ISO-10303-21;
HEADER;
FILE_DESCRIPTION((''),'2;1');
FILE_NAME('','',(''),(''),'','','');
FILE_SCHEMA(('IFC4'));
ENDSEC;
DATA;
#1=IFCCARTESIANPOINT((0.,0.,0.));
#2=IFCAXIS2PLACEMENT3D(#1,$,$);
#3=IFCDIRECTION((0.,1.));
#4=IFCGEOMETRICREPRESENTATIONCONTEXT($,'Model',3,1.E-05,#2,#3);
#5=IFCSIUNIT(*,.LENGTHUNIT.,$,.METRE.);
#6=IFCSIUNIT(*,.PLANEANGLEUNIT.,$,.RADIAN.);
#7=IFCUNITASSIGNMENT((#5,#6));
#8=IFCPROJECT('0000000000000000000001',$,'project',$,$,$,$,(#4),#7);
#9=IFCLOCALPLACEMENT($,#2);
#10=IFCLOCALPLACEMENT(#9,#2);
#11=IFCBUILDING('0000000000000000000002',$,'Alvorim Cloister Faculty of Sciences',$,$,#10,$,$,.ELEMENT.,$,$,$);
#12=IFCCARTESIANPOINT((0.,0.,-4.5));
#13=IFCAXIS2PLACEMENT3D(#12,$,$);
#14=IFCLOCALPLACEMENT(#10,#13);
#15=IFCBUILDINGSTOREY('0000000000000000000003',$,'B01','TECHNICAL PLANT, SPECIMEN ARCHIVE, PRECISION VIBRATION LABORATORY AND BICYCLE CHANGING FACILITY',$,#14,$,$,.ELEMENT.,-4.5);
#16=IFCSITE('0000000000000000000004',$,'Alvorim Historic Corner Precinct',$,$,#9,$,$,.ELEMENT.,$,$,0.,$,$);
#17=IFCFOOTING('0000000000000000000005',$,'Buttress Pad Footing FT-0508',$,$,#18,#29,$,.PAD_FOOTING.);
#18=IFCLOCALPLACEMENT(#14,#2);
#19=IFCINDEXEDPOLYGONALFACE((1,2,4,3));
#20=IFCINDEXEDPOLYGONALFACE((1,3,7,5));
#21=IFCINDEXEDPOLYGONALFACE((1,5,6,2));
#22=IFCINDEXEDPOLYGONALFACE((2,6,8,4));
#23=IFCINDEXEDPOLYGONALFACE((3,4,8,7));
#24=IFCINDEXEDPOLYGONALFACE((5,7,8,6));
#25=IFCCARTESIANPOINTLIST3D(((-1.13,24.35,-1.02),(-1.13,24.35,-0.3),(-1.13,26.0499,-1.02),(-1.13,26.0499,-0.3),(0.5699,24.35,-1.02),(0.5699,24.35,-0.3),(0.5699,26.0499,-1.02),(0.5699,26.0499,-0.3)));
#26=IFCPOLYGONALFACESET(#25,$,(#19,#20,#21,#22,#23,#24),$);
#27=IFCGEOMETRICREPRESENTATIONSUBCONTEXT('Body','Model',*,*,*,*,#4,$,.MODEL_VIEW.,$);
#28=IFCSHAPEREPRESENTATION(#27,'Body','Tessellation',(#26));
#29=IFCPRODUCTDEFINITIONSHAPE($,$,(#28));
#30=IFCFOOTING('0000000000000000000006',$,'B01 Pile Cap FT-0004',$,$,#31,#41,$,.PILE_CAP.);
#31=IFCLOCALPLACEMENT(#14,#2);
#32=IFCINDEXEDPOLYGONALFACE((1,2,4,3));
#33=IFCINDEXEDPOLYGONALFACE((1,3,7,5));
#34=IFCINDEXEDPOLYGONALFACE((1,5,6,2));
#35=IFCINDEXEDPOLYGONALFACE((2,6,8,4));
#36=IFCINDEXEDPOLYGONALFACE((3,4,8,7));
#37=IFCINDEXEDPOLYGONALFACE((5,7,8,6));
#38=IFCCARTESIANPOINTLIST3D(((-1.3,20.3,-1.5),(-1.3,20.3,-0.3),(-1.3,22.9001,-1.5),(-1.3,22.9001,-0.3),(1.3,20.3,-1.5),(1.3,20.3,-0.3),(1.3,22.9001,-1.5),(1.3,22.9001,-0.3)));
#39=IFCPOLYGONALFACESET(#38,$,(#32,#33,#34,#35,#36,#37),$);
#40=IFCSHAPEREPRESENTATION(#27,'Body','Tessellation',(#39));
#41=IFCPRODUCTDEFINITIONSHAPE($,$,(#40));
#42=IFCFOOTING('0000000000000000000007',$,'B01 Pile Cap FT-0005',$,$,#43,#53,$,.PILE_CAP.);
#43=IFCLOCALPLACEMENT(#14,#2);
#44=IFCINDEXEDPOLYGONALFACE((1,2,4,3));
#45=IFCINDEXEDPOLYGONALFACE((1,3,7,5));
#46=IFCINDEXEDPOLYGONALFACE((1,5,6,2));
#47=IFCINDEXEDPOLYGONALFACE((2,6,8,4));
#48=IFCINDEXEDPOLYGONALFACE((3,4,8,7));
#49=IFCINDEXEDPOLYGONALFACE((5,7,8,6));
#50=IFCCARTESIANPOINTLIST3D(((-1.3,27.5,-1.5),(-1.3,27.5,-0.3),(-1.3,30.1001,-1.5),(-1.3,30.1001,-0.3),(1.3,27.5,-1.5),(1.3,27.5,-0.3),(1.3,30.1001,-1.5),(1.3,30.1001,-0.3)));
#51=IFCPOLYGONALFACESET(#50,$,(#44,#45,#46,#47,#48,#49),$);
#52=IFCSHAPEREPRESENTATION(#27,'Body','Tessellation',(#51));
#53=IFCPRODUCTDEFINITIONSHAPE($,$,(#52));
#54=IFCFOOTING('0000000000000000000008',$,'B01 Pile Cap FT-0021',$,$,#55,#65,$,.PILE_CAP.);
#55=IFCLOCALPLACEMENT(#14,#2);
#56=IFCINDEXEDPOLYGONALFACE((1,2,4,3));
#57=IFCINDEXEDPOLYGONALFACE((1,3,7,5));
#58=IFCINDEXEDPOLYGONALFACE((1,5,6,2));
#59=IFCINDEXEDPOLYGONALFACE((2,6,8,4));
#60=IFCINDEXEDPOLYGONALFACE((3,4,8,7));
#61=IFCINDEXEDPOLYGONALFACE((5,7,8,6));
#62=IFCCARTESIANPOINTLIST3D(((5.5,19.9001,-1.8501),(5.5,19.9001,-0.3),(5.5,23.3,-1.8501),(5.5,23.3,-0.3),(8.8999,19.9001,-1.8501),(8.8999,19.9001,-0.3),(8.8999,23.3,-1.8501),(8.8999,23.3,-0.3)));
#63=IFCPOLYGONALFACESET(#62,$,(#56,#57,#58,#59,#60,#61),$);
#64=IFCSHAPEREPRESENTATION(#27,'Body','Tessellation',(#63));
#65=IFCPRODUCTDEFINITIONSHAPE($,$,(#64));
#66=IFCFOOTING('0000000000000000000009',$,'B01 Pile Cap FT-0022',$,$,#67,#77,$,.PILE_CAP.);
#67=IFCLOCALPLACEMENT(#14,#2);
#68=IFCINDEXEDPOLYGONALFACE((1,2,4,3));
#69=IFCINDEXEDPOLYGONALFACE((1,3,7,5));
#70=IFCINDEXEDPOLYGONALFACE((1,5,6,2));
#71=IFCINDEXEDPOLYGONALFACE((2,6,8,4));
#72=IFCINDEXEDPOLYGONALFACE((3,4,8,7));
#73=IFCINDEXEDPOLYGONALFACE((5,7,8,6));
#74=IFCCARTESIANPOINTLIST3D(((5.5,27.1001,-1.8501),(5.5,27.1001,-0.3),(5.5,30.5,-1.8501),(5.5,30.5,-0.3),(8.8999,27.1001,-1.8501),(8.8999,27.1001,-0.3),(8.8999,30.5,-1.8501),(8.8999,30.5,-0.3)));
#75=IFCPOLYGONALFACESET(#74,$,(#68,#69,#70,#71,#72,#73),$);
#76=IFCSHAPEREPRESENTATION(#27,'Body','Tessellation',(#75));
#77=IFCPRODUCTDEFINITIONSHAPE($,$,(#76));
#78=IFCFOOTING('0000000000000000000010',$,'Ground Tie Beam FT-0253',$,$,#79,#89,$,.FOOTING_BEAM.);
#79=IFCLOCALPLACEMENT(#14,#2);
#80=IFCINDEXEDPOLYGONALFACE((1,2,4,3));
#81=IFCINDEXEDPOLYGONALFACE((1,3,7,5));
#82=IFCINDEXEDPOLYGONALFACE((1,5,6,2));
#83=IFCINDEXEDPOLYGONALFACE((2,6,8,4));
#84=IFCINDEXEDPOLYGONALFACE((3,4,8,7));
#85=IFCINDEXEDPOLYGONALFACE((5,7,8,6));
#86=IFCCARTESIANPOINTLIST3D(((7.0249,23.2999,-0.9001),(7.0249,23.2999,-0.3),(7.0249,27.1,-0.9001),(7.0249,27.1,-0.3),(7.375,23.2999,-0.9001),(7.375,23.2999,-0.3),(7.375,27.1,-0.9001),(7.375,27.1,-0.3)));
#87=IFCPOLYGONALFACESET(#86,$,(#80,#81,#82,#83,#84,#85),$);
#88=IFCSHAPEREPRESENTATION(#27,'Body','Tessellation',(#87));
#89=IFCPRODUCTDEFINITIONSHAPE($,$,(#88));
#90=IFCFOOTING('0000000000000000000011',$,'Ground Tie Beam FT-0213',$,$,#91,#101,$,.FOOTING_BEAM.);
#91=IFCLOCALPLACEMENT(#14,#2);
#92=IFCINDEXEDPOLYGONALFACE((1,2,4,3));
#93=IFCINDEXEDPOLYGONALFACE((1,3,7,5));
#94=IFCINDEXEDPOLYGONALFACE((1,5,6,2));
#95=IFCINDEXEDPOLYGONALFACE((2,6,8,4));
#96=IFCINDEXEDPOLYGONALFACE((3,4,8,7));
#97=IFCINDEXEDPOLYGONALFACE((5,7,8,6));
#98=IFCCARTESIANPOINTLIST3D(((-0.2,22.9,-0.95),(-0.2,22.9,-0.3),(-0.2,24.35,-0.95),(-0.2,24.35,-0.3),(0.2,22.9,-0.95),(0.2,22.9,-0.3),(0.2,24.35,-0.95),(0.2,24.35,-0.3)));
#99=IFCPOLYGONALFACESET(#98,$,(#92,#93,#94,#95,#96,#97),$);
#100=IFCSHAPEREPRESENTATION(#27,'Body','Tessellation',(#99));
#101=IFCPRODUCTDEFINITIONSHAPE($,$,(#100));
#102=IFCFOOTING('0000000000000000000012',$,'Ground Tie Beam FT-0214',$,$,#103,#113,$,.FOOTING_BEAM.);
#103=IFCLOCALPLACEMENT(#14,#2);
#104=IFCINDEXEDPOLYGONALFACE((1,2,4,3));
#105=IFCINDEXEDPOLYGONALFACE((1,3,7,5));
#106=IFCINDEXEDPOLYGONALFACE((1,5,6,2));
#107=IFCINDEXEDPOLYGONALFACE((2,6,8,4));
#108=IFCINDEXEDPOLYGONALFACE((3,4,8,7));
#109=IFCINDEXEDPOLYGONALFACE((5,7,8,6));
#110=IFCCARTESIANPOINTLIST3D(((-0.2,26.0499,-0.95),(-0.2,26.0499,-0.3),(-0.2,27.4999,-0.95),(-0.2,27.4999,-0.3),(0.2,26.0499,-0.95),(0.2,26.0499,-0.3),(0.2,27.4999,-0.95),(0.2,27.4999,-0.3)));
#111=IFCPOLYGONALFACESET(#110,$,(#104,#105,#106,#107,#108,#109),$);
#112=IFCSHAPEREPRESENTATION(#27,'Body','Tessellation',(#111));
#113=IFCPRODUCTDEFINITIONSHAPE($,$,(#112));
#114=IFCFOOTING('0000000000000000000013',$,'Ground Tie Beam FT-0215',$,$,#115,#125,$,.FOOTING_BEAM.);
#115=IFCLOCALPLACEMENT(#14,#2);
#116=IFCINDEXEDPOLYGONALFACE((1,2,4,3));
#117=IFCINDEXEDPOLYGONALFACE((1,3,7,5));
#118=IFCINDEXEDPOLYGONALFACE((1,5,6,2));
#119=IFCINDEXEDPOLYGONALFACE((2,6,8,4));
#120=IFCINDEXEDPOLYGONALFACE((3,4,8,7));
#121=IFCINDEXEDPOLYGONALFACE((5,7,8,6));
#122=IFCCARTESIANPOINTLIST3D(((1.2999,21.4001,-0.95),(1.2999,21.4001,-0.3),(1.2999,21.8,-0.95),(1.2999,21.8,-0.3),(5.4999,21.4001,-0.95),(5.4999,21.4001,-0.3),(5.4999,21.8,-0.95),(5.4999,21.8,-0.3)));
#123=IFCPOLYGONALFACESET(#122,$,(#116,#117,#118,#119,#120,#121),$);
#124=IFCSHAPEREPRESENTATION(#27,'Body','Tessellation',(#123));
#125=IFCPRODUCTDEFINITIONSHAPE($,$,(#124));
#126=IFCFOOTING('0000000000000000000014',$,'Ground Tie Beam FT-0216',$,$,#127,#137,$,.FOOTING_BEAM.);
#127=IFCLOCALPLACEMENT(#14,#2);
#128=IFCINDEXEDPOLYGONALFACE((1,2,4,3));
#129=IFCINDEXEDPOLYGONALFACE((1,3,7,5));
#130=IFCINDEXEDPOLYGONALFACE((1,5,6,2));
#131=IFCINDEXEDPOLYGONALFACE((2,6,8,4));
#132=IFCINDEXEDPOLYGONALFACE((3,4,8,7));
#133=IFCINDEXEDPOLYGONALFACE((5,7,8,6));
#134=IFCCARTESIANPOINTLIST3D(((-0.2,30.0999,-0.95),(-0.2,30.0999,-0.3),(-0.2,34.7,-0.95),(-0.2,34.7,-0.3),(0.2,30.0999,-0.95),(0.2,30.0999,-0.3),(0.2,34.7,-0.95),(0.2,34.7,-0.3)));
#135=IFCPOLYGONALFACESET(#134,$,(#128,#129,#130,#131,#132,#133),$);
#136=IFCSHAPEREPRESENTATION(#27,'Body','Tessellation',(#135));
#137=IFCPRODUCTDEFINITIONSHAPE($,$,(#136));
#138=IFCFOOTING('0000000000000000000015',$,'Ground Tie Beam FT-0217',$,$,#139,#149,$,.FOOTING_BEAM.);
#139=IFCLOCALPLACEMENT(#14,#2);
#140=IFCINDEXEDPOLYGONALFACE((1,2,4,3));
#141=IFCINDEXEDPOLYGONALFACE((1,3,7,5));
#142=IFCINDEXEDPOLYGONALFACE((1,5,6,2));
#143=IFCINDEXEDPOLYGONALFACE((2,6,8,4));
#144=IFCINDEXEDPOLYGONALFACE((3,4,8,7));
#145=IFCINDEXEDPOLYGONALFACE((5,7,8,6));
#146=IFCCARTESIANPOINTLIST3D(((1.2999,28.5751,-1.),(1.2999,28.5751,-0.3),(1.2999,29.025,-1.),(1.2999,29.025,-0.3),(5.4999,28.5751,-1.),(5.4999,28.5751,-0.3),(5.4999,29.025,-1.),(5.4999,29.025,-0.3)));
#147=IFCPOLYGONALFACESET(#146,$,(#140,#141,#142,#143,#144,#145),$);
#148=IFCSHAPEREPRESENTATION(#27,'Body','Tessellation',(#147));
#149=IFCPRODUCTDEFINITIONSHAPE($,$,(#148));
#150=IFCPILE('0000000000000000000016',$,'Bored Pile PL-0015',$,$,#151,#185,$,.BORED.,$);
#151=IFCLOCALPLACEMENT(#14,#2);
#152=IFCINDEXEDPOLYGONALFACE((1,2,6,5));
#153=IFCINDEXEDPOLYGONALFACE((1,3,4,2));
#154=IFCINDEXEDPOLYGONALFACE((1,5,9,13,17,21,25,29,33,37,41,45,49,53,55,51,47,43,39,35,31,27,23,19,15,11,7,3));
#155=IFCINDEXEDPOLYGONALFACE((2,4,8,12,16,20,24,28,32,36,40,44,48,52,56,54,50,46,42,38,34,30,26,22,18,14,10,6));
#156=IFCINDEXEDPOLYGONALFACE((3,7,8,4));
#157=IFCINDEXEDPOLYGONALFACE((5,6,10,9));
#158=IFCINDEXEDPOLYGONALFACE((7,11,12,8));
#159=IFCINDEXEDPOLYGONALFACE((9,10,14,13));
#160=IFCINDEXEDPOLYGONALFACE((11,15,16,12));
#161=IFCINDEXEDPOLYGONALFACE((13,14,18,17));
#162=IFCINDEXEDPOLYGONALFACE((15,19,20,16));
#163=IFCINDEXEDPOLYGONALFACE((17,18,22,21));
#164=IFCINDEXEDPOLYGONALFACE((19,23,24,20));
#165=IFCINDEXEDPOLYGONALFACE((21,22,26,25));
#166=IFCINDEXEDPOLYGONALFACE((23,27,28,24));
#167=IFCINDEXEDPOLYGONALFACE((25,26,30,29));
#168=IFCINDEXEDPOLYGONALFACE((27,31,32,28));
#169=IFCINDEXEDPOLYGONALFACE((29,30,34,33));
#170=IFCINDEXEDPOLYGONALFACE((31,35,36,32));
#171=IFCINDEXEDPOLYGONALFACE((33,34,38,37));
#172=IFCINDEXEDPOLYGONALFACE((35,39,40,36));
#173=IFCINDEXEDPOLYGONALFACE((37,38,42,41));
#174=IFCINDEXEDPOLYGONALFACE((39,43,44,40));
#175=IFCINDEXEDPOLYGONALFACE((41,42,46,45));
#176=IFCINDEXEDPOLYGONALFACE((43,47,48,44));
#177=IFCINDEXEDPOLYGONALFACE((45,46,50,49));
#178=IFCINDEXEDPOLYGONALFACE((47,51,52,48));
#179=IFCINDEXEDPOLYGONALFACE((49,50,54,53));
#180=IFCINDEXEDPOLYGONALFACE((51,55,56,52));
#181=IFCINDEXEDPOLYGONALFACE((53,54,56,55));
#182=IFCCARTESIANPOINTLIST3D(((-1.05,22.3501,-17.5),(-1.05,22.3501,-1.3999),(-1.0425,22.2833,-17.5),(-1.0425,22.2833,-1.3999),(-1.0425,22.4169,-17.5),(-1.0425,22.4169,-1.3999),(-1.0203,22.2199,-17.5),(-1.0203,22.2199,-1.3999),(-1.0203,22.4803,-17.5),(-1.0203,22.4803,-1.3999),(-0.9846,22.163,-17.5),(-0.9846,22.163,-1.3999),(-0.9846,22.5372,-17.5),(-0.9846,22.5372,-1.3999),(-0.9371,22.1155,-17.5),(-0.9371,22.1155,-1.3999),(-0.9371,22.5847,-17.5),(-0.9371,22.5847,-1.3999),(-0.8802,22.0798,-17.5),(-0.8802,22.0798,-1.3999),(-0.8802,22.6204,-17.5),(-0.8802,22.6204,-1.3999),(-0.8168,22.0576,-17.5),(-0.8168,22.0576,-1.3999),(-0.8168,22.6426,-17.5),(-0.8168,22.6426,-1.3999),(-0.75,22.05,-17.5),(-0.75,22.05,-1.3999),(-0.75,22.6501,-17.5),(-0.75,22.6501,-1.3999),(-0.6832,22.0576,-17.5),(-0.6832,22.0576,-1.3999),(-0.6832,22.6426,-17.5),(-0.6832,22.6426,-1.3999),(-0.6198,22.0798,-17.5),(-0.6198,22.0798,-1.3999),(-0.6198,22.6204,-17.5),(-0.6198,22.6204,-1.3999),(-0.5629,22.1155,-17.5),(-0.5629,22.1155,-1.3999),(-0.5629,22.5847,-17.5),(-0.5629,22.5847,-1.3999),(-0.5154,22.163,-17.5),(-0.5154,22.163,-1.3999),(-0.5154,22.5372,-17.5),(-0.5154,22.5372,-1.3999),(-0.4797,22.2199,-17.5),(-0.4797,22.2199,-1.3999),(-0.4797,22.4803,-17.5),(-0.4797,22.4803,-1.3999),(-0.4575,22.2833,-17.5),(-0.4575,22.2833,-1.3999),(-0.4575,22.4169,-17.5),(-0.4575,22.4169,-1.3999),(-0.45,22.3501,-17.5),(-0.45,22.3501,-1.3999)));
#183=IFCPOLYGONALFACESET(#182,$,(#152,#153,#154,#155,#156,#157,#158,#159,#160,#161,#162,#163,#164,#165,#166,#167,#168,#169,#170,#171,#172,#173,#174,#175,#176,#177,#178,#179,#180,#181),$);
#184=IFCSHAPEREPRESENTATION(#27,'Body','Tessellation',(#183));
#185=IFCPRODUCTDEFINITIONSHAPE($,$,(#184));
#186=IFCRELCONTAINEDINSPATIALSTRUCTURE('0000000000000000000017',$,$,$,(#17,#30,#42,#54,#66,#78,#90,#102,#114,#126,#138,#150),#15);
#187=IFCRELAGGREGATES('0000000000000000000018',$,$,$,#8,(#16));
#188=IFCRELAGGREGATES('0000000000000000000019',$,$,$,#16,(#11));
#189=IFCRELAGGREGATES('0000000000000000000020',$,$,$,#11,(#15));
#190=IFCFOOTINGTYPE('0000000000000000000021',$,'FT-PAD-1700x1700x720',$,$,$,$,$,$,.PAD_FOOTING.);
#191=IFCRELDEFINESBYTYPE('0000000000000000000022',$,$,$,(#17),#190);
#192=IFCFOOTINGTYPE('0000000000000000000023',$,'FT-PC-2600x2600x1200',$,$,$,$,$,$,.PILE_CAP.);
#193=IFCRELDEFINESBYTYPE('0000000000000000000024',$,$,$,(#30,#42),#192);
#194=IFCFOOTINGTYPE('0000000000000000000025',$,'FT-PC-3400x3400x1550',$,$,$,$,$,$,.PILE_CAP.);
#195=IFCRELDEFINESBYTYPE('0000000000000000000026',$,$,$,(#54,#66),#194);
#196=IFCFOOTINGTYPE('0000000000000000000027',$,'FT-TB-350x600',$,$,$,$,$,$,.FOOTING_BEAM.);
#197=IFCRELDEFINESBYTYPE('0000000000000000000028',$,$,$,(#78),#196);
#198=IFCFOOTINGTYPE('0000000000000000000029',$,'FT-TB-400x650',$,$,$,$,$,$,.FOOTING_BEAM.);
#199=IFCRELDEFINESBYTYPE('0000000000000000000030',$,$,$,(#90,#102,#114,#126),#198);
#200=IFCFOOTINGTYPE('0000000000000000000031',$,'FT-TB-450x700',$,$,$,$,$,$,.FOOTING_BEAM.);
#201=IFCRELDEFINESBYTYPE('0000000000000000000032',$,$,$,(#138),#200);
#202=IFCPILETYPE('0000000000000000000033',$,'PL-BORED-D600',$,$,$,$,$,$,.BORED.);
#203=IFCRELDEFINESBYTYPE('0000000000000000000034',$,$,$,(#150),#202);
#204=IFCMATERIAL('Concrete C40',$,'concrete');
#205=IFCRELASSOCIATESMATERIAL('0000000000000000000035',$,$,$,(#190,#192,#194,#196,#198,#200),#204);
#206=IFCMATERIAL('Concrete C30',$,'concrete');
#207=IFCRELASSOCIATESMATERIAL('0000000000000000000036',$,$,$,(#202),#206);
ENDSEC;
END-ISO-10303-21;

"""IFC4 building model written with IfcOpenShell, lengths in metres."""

from ifc_helpers import new_model, si_unit, direction, frame, origin, origin_2d, place, context, subcontext, project, spatial, rectangle, circle, extrude, material, material_profile, profile_set, type_object, element, save


model = new_model("IFC4")

# Units and contexts
model_context = context("Model", 3, precision=1e-05, world=origin(), true_north=direction((0.0, 1.0)))
body_context = subcontext(model_context, "Body", "Model", "MODEL_VIEW")
ifc_project = project(units=[si_unit("LENGTHUNIT", "METRE"), si_unit("PLANEANGLEUNIT", "RADIAN")], contexts=[model_context])

# Site, building, storey
site_placement = place(None, origin())
site = spatial("IfcSite", under=ifc_project, at=site_placement, Name="Alvorim Historic Corner Precinct", CompositionType="ELEMENT", RefElevation=0.0)
building_placement = place(site_placement, origin())
building = spatial("IfcBuilding", under=site, at=building_placement, Name="Alvorim Cloister Faculty of Sciences", CompositionType="ELEMENT")
storey_placement = place(building_placement, frame((0.0, 0.0, -4.5)))
storey = spatial("IfcBuildingStorey", under=building, at=storey_placement, Name="B01", Description="TECHNICAL PLANT, SPECIMEN ARCHIVE, PRECISION VIBRATION LABORATORY AND BICYCLE CHANGING FACILITY", CompositionType="ELEMENT", Elevation=-4.5)

# Footings
ifc_material_1 = material(Name="Concrete C40", Category="concrete")
footing_type_1 = type_object("IfcFootingType", Name="FT-PAD-1700x1700x720", PredefinedType="PAD_FOOTING", material=ifc_material_1)
footing_1_placement = place(storey_placement, frame((-0.28, 25.2, -1.02), z_axis=(0.0, 0.0, 1.0), x_axis=(1.0, 0.0, 0.0)))
element("IfcFooting", 1, at=footing_1_placement, inside=storey, type_object=footing_type_1, Name="Buttress Pad Footing FT-0508", PredefinedType="PAD_FOOTING", context=body_context, shape_type="SweptSolid", body=[
    extrude(rectangle(XDim=1.7, YDim=1.7, at=origin_2d()), origin(), (0.0, 0.0, 1.0), 0.72),
])
footing_type_2 = type_object("IfcFootingType", Name="FT-PC-2600x2600x1200", PredefinedType="PILE_CAP", material=ifc_material_1)
for number, where, z_axis, x_axis, name in (
    (2, (0.0, 21.6001, -1.5), (0.0, 0.0, 1.0), (1.0, 0.0, 0.0), "B01 Pile Cap FT-0004"),
    (3, (0.0, 28.8, -1.5), (0.0, 0.0, 1.0), (1.0, 0.0, 0.0), "B01 Pile Cap FT-0005"),
):
    element("IfcFooting", number, at=place(storey_placement, frame(where, z_axis=z_axis, x_axis=x_axis)), inside=storey, type_object=footing_type_2, Name=name, PredefinedType="PILE_CAP", context=body_context, shape_type="SweptSolid", body=[
        extrude(rectangle(XDim=2.6001, YDim=2.6001, at=origin_2d()), origin(), (0.0, 0.0, 1.0), 1.2),
    ])
footing_type_3 = type_object("IfcFootingType", Name="FT-PC-3400x3400x1550", PredefinedType="PILE_CAP", material=ifc_material_1)
for number, where, z_axis, x_axis, name in (
    (4, (7.2, 21.6001, -1.8501), (0.0, 0.0, 1.0), (1.0, 0.0, 0.0), "B01 Pile Cap FT-0021"),
    (5, (7.2, 28.8, -1.8501), (0.0, 0.0, 1.0), (1.0, 0.0, 0.0), "B01 Pile Cap FT-0022"),
):
    element("IfcFooting", number, at=place(storey_placement, frame(where, z_axis=z_axis, x_axis=x_axis)), inside=storey, type_object=footing_type_3, Name=name, PredefinedType="PILE_CAP", context=body_context, shape_type="SweptSolid", body=[
        extrude(rectangle(XDim=3.3999, YDim=3.3999, at=origin_2d()), origin(), (0.0, 0.0, 1.0), 1.55),
    ])
footing_type_4 = type_object("IfcFootingType", Name="FT-TB-350x600", PredefinedType="FOOTING_BEAM", material=ifc_material_1)
footing_2_placement = place(storey_placement, frame((7.2, 25.2, -0.9001), z_axis=(0.0, 0.0, 1.0), x_axis=(1.0, 0.0, 0.0)))
element("IfcFooting", 6, at=footing_2_placement, inside=storey, type_object=footing_type_4, Name="Ground Tie Beam FT-0253", PredefinedType="FOOTING_BEAM", context=body_context, shape_type="SweptSolid", body=[
    extrude(rectangle(XDim=0.3501, YDim=3.8, at=origin_2d()), origin(), (0.0, 0.0, 1.0), 0.6001),
])
footing_type_5 = type_object("IfcFootingType", Name="FT-TB-400x650", PredefinedType="FOOTING_BEAM", material=ifc_material_1)
for number, where, z_axis, x_axis, name in (
    (7, (0.0, 23.625, -0.95), (0.0, 0.0, 1.0), (1.0, 0.0, 0.0), "Ground Tie Beam FT-0213"),
    (8, (0.0, 26.7749, -0.95), (0.0, 0.0, 1.0), (1.0, 0.0, 0.0), "Ground Tie Beam FT-0214"),
):
    element("IfcFooting", number, at=place(storey_placement, frame(where, z_axis=z_axis, x_axis=x_axis)), inside=storey, type_object=footing_type_5, Name=name, PredefinedType="FOOTING_BEAM", context=body_context, shape_type="SweptSolid", body=[
        extrude(rectangle(XDim=0.3999, YDim=1.45, at=origin_2d()), origin(), (0.0, 0.0, 1.0), 0.6499),
    ])
footing_3_placement = place(storey_placement, frame((3.3999, 21.6001, -0.95), z_axis=(0.0, 0.0, 1.0), x_axis=(1.0, 0.0, 0.0)))
element("IfcFooting", 9, at=footing_3_placement, inside=storey, type_object=footing_type_5, Name="Ground Tie Beam FT-0215", PredefinedType="FOOTING_BEAM", context=body_context, shape_type="SweptSolid", body=[
    extrude(rectangle(XDim=4.2, YDim=0.3999, at=origin_2d()), origin(), (0.0, 0.0, 1.0), 0.6499),
])
footing_4_placement = place(storey_placement, frame((0.0, 32.3999, -0.95), z_axis=(0.0, 0.0, 1.0), x_axis=(1.0, 0.0, 0.0)))
element("IfcFooting", 10, at=footing_4_placement, inside=storey, type_object=footing_type_5, Name="Ground Tie Beam FT-0216", PredefinedType="FOOTING_BEAM", context=body_context, shape_type="SweptSolid", body=[
    extrude(rectangle(XDim=0.3999, YDim=4.6001, at=origin_2d()), origin(), (0.0, 0.0, 1.0), 0.6499),
])
footing_type_6 = type_object("IfcFootingType", Name="FT-TB-450x700", PredefinedType="FOOTING_BEAM", material=ifc_material_1)
footing_5_placement = place(storey_placement, frame((3.3999, 28.8, -1.0), z_axis=(0.0, 0.0, 1.0), x_axis=(1.0, 0.0, 0.0)))
element("IfcFooting", 11, at=footing_5_placement, inside=storey, type_object=footing_type_6, Name="Ground Tie Beam FT-0217", PredefinedType="FOOTING_BEAM", context=body_context, shape_type="SweptSolid", body=[
    extrude(rectangle(XDim=4.2, YDim=0.45, at=origin_2d()), origin(), (0.0, 0.0, 1.0), 0.7),
])

# Pile
ifc_material_2 = material(Name="Concrete C30", Category="concrete")
ifc_material_profile_1 = material_profile(ifc_material_2, circle(Radius=0.3, at=origin_2d()), Name="PILE-D600")
ifc_profile_set_1 = profile_set([ifc_material_profile_1], Name="Concrete C30")
pile_type_1 = type_object("IfcPileType", Name="PL-BORED-D600", PredefinedType="BORED", material=ifc_profile_set_1)
for number, where, z_axis, x_axis, name in (
    (12, (-0.75, 22.3501, -1.3999), (0.0, 0.0, -1.0), (1.0, 0.0, 0.0), "Bored Pile PL-0015"),
):
    element("IfcPile", number, at=place(storey_placement, frame(where, z_axis=z_axis, x_axis=x_axis)), inside=storey, type_object=pile_type_1, Name=name, PredefinedType="BORED", context=body_context, shape_type="SweptSolid", body=[
        extrude(circle(Radius=0.3, at=origin_2d()), origin(), (0.0, 0.0, 1.0), 16.1001),
    ])

save(model, "model.ifc")
